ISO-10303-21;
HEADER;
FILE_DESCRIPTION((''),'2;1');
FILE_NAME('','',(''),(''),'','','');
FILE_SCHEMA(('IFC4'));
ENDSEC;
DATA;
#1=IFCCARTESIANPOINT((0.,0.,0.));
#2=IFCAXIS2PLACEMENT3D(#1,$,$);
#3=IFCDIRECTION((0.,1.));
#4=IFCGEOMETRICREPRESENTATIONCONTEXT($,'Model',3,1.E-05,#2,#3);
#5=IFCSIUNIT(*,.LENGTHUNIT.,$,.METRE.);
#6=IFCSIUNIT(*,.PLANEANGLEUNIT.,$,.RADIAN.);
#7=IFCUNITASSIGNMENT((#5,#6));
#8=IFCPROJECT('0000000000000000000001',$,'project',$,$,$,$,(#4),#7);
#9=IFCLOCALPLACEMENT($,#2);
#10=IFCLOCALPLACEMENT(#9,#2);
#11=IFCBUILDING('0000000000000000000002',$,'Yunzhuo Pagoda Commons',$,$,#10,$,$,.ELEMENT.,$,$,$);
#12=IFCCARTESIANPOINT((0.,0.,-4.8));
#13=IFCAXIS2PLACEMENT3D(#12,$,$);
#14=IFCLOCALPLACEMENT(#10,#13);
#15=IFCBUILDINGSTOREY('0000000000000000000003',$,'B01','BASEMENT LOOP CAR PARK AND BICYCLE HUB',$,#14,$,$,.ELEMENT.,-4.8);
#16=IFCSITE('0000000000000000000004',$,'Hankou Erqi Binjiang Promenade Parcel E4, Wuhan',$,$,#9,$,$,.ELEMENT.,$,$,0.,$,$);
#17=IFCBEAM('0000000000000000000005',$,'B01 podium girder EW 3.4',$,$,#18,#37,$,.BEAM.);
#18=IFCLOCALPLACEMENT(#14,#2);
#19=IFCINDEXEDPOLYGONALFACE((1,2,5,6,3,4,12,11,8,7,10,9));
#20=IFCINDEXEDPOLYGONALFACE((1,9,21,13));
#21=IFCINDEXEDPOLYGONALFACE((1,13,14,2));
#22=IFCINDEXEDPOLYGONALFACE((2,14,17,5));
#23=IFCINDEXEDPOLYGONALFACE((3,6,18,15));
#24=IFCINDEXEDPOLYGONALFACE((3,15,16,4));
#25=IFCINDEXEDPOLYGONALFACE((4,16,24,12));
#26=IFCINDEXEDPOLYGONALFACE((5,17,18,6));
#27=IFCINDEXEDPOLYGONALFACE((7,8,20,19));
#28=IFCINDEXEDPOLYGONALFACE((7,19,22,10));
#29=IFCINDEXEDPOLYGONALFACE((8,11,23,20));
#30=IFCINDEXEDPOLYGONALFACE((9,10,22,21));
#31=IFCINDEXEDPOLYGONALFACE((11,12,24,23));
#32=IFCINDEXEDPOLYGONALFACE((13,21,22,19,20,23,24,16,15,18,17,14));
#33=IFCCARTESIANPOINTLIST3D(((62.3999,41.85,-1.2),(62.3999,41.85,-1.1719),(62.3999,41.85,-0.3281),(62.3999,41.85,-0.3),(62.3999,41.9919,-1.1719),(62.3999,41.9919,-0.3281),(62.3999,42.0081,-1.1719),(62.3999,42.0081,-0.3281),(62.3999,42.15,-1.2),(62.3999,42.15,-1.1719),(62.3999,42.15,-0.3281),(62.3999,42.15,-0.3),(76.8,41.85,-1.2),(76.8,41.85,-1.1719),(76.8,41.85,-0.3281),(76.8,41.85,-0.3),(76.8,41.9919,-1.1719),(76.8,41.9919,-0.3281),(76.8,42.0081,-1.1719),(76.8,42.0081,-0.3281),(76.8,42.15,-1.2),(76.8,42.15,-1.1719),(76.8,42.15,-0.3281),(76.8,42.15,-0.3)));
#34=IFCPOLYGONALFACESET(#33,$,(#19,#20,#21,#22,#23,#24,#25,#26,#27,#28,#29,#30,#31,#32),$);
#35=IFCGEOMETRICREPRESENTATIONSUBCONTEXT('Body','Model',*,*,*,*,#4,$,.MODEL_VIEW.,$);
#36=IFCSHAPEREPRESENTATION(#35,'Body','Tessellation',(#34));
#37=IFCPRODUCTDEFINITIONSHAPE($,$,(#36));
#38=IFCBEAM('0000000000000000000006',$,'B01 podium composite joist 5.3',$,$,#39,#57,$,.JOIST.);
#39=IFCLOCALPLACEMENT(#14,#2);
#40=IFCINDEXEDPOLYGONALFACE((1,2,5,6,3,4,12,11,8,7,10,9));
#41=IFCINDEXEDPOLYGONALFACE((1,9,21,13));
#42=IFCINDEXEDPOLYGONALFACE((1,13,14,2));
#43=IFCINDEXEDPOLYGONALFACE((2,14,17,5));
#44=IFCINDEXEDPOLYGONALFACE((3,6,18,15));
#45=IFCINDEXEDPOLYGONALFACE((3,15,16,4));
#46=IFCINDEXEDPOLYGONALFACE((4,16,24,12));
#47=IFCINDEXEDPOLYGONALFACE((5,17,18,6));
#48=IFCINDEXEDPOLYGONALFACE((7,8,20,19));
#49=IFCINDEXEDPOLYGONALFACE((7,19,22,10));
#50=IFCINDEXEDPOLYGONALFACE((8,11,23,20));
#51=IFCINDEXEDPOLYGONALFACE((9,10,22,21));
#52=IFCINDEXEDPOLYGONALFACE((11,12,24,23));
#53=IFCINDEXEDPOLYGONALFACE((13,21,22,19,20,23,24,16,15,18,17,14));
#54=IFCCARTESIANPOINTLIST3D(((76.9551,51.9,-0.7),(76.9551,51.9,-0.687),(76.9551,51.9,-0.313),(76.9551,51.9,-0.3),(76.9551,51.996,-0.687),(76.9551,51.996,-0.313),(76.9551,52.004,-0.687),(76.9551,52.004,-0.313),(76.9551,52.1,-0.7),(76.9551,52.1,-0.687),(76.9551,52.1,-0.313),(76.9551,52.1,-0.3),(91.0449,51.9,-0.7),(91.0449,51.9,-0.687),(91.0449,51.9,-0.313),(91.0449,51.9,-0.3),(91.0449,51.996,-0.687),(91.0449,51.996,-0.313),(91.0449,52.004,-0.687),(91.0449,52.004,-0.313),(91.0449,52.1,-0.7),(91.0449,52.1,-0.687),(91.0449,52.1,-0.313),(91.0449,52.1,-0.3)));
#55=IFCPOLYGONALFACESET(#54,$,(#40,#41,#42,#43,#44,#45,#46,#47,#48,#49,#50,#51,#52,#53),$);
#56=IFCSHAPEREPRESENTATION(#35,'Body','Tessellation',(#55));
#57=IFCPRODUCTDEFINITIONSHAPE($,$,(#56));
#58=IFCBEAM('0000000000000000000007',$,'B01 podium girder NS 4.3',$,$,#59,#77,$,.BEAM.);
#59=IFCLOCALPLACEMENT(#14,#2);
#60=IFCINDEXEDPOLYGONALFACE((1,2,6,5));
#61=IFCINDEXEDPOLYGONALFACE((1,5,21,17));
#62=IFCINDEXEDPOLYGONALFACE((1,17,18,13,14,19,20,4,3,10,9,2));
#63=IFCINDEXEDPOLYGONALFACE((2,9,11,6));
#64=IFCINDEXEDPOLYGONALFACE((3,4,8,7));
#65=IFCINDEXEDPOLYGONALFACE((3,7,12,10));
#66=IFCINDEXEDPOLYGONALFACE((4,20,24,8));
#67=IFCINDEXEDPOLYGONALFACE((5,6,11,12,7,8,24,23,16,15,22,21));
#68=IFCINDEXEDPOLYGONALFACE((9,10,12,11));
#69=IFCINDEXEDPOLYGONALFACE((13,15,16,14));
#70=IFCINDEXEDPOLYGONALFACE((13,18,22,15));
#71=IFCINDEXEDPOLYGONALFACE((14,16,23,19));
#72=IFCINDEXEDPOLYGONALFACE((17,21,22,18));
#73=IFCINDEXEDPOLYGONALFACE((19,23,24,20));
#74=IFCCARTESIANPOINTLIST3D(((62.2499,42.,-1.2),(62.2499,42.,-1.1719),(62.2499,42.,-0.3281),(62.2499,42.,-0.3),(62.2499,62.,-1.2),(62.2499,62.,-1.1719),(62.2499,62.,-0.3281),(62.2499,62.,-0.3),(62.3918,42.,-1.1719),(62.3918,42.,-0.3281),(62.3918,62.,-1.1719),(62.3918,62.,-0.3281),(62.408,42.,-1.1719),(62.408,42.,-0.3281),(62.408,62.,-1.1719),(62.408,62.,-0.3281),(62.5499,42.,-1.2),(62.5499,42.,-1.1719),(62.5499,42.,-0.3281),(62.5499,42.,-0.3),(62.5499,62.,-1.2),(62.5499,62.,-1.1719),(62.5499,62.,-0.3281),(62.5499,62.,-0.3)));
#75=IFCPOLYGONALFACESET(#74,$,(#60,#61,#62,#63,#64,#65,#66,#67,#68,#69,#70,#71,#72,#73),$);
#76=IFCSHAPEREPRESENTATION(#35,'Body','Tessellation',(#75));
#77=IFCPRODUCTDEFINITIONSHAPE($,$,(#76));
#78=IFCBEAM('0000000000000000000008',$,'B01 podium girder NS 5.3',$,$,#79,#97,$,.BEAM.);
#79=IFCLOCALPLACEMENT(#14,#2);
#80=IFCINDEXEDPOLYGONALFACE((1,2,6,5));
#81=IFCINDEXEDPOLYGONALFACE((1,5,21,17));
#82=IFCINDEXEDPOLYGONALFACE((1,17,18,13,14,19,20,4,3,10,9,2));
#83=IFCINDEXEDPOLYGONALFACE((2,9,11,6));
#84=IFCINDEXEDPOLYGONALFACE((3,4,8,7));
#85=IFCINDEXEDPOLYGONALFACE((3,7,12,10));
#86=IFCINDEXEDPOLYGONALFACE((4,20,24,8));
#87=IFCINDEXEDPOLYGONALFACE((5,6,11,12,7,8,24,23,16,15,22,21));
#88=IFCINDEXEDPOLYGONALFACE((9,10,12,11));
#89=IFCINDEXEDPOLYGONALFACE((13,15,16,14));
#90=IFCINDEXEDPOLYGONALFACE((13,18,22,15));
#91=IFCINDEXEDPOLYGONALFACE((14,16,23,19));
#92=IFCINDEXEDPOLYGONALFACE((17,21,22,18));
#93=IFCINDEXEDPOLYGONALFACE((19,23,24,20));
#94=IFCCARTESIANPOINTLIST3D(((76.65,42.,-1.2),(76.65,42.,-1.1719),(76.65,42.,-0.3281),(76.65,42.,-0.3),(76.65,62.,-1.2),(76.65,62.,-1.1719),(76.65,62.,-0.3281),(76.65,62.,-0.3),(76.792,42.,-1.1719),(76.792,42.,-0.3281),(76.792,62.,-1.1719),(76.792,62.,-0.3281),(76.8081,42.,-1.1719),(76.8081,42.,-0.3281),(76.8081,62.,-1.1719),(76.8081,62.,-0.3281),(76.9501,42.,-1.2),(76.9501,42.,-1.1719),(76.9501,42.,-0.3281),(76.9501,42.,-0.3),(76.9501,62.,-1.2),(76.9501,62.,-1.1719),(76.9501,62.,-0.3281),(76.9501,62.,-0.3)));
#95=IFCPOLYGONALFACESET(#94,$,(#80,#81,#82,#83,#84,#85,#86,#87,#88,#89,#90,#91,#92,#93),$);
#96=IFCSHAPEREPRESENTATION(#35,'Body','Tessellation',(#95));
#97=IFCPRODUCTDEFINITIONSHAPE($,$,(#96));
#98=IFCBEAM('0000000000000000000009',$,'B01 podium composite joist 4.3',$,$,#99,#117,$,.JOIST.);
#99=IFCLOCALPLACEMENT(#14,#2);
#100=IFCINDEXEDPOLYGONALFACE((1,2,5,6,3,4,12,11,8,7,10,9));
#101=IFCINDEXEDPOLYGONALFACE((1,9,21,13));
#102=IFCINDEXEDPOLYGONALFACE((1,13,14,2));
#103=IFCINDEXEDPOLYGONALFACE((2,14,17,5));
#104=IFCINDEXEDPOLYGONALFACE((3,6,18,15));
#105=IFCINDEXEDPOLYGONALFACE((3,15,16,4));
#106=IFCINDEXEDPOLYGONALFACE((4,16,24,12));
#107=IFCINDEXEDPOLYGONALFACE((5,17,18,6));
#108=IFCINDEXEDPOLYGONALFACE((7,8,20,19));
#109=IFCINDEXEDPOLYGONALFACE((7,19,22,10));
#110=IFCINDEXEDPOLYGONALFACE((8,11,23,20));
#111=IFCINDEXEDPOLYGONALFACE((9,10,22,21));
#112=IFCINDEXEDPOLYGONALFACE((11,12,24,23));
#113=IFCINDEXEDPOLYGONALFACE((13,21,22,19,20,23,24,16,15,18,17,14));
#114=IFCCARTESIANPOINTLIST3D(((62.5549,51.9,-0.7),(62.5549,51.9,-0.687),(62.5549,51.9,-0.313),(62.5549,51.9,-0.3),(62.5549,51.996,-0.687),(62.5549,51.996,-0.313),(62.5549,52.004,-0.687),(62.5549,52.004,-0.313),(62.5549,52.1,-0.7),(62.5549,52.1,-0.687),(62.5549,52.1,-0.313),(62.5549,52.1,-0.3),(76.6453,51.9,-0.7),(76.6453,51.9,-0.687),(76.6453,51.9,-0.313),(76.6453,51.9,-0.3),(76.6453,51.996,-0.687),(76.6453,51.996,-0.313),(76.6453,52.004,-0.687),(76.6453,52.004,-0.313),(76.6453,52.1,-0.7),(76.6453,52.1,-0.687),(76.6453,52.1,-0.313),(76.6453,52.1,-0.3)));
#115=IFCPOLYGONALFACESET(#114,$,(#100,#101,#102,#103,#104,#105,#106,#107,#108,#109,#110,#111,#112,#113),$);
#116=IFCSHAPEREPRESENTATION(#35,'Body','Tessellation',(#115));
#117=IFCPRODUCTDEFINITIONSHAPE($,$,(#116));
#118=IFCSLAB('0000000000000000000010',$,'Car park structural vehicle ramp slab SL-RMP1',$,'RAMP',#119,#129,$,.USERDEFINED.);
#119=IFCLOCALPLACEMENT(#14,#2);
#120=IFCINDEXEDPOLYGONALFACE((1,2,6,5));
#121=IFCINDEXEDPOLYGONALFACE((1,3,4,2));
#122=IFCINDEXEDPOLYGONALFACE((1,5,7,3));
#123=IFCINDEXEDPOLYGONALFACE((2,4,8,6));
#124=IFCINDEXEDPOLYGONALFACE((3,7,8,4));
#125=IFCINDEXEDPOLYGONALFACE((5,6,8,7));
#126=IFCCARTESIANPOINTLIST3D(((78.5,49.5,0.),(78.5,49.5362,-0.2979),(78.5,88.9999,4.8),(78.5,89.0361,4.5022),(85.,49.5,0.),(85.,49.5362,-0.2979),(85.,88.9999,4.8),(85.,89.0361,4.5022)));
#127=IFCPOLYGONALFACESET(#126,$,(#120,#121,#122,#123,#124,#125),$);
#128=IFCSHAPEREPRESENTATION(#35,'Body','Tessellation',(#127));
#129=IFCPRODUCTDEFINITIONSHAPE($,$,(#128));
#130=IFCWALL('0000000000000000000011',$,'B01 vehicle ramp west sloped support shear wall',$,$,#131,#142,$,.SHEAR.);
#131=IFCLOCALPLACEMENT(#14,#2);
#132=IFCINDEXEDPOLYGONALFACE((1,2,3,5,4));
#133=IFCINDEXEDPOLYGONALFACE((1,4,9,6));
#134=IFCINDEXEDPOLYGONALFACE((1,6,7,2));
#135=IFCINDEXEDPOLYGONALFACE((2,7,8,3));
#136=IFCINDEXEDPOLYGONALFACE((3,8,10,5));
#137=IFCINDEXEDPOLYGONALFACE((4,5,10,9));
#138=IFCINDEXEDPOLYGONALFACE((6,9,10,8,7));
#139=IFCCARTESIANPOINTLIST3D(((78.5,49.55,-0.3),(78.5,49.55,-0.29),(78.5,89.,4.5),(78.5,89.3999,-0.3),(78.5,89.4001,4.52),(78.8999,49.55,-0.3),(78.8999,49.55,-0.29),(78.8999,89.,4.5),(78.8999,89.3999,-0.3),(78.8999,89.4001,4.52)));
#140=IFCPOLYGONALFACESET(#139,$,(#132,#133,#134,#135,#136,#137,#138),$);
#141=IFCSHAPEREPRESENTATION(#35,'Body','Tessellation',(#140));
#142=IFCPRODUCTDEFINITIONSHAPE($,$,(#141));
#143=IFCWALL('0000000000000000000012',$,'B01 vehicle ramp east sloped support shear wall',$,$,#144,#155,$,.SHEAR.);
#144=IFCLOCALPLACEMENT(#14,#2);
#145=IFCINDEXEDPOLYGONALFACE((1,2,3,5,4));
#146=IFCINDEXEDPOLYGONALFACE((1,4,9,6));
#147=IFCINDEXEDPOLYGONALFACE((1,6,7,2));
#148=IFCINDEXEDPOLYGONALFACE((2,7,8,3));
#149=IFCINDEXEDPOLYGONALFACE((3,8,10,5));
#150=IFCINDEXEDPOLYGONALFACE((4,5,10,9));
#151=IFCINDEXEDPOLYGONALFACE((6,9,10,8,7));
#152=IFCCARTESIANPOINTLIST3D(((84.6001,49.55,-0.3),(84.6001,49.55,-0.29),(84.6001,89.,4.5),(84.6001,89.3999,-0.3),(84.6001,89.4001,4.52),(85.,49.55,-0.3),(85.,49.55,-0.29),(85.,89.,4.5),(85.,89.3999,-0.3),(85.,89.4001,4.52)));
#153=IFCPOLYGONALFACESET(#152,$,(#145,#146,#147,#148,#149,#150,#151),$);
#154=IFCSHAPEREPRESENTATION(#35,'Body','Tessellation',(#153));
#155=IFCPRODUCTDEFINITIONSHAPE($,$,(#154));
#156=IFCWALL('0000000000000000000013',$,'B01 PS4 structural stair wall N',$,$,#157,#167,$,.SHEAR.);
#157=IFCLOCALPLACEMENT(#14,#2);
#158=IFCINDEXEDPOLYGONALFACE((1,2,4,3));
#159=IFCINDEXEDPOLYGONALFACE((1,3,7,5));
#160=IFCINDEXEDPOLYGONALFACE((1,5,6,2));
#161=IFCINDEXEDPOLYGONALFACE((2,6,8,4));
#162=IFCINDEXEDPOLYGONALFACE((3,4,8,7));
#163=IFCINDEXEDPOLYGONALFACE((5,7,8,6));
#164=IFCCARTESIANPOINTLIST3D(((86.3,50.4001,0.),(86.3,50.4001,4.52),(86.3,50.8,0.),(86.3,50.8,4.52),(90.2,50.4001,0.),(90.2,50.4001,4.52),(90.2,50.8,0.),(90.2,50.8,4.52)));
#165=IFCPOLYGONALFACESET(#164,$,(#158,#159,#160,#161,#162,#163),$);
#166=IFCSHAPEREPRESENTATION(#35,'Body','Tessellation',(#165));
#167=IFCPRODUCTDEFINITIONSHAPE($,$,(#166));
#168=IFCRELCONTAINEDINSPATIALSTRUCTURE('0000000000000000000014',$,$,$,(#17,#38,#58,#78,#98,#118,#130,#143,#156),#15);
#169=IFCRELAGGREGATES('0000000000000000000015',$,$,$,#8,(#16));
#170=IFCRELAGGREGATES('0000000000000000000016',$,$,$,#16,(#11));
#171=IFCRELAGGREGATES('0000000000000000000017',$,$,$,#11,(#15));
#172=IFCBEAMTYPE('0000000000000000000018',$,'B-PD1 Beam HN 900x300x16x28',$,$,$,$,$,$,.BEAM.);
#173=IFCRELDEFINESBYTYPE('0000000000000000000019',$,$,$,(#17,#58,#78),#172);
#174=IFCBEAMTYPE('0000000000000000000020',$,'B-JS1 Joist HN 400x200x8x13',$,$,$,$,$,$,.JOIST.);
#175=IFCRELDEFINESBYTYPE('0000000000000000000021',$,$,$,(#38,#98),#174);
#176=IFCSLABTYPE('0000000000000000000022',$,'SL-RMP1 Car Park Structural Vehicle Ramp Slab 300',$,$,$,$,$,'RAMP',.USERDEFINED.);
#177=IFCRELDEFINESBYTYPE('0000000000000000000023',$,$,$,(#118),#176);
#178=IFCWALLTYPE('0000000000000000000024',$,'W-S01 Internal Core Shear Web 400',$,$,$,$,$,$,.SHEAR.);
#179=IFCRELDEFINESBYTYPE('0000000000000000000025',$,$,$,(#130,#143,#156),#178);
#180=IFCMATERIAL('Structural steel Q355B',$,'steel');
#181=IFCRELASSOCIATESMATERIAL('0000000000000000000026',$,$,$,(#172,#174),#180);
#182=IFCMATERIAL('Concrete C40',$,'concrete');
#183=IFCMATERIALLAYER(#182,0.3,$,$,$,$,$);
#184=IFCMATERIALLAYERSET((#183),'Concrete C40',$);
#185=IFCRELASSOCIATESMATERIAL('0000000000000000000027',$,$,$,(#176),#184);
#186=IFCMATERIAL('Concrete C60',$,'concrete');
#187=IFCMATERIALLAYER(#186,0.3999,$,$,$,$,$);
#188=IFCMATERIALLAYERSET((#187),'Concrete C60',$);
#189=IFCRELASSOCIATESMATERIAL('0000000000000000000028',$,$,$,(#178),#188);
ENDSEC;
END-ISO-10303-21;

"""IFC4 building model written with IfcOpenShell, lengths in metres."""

from ifc_helpers import new_model, si_unit, direction, frame, frame_2d, origin, origin_2d, place, context, subcontext, project, spatial, polyline, rectangle, i_section, outline, extrude, source, transform, mapped, material, layer, layer_set, material_profile, profile_set, type_object, element, save


model = new_model("IFC4")

# Units and contexts
model_context = context("Model", 3, precision=1e-05, world=origin(), true_north=direction((0.0, 1.0)))
body_context = subcontext(model_context, "Body", "Model", "MODEL_VIEW")
ifc_project = project(units=[si_unit("LENGTHUNIT", "METRE"), si_unit("PLANEANGLEUNIT", "RADIAN")], contexts=[model_context])

# Site, building, storey
site_placement = place(None, origin())
site = spatial("IfcSite", under=ifc_project, at=site_placement, Name="Hankou Erqi Binjiang Promenade Parcel E4, Wuhan", CompositionType="ELEMENT", RefElevation=0.0)
building_placement = place(site_placement, origin())
building = spatial("IfcBuilding", under=site, at=building_placement, Name="Yunzhuo Pagoda Commons", CompositionType="ELEMENT")
storey_placement = place(building_placement, frame((0.0, 0.0, -4.8)))
storey = spatial("IfcBuildingStorey", under=building, at=storey_placement, Name="B01", Description="BASEMENT LOOP CAR PARK AND BICYCLE HUB", CompositionType="ELEMENT", Elevation=-4.8)

# Beams
ifc_material_1 = material(Name="Structural steel Q355B", Category="steel")
ifc_material_profile_1 = material_profile(ifc_material_1, i_section(OverallWidth=0.3, OverallDepth=0.8999, WebThickness=0.0161, FlangeThickness=0.0281, at=origin_2d()), Name="Structural steel Q355B")
ifc_profile_set_1 = profile_set([ifc_material_profile_1], Name="Structural steel Q355B")
beam_type_1 = type_object("IfcBeamType", Name="B-PD1 Beam HN 900x300x16x28", PredefinedType="BEAM", material=ifc_profile_set_1)
shared_shape_1 = source(origin(), body_context, "Body", "SweptSolid", [
    extrude(i_section(OverallWidth=0.3, OverallDepth=0.8999, WebThickness=0.0161, FlangeThickness=0.0281, at=origin_2d()), origin(), (0.0, 0.0, 1.0), 14.4001),
])
beam_1_placement = place(storey_placement, frame((62.3999, 42.0, -0.75), z_axis=(1.0, 0.0, 0.0), x_axis=(0.0, 1.0, 0.0)))
element("IfcBeam", 1, at=beam_1_placement, inside=storey, type_object=beam_type_1, Name="B01 podium girder EW 3.4", PredefinedType="BEAM", context=body_context, shape_type="MappedRepresentation", body=[
    mapped(shared_shape_1, transform((0.0, 0.0, 0.0), scale=1.0)),
])
ifc_material_profile_2 = material_profile(ifc_material_1, i_section(OverallWidth=0.2, OverallDepth=0.3999, WebThickness=0.0081, FlangeThickness=0.0129, at=origin_2d()), Name="Structural steel Q355B")
ifc_profile_set_2 = profile_set([ifc_material_profile_2], Name="Structural steel Q355B")
beam_type_2 = type_object("IfcBeamType", Name="B-JS1 Joist HN 400x200x8x13", PredefinedType="JOIST", material=ifc_profile_set_2)
shared_shape_2 = source(origin(), body_context, "Body", "SweptSolid", [
    extrude(i_section(OverallWidth=0.2, OverallDepth=0.3999, WebThickness=0.0081, FlangeThickness=0.0129, at=origin_2d()), origin(), (0.0, 0.0, 1.0), 14.0898),
])
beam_2_placement = place(storey_placement, frame((76.9551, 52.0, -0.5), z_axis=(1.0, 0.0, 0.0), x_axis=(0.0, 1.0, 0.0)))
element("IfcBeam", 2, at=beam_2_placement, inside=storey, type_object=beam_type_2, Name="B01 podium composite joist 5.3", PredefinedType="JOIST", context=body_context, shape_type="MappedRepresentation", body=[
    mapped(shared_shape_2, transform((0.0, 0.0, 0.0), scale=1.0)),
])
shared_shape_3 = source(origin(), body_context, "Body", "SweptSolid", [
    extrude(i_section(OverallWidth=0.3, OverallDepth=0.8999, WebThickness=0.0161, FlangeThickness=0.0281, at=origin_2d()), origin(), (0.0, 0.0, 1.0), 20.0),
])
for number, where, z_axis, x_axis, name in (
    (3, (62.3999, 42.0, -0.75), (0.0, 1.0, 0.0), (-1.0, 0.0, 0.0), "B01 podium girder NS 4.3"),
    (4, (76.8, 42.0, -0.75), (0.0, 1.0, 0.0), (-1.0, 0.0, 0.0), "B01 podium girder NS 5.3"),
):
    element("IfcBeam", number, at=place(storey_placement, frame(where, z_axis=z_axis, x_axis=x_axis)), inside=storey, type_object=beam_type_1, Name=name, PredefinedType="BEAM", context=body_context, shape_type="MappedRepresentation", body=[
        mapped(shared_shape_3, transform((0.0, 0.0, 0.0), scale=1.0)),
    ])
shared_shape_4 = source(origin(), body_context, "Body", "SweptSolid", [
    extrude(i_section(OverallWidth=0.2, OverallDepth=0.3999, WebThickness=0.0081, FlangeThickness=0.0129, at=origin_2d()), origin(), (0.0, 0.0, 1.0), 14.0903),
])
beam_3_placement = place(storey_placement, frame((62.5549, 52.0, -0.5), z_axis=(1.0, 0.0, 0.0), x_axis=(0.0, 1.0, 0.0)))
element("IfcBeam", 5, at=beam_3_placement, inside=storey, type_object=beam_type_2, Name="B01 podium composite joist 4.3", PredefinedType="JOIST", context=body_context, shape_type="MappedRepresentation", body=[
    mapped(shared_shape_4, transform((0.0, 0.0, 0.0), scale=1.0)),
])

# Slab
ifc_material_2 = material(Name="Concrete C40", Category="concrete")
ifc_layer_1 = layer(ifc_material_2, 0.3)
ifc_layer_set_1 = layer_set([ifc_layer_1], Name="Concrete C40")
slab_type = type_object("IfcSlabType", Name="SL-RMP1 Car Park Structural Vehicle Ramp Slab 300", ElementType="RAMP", PredefinedType="USERDEFINED", material=ifc_layer_set_1)
slab_placement = place(storey_placement, frame((78.5, 49.5, 0.0), z_axis=(0.0, -0.120633, 0.992697), x_axis=(1.0, 0.0, 0.0)))
element("IfcSlab", 6, at=slab_placement, inside=storey, type_object=slab_type, Name="Car park structural vehicle ramp slab SL-RMP1", ObjectType="RAMP", PredefinedType="USERDEFINED", context=body_context, shape_type="SweptSolid", body=[
    extrude(outline(polyline([(0.0, 0.0), (6.5, 0.0), (6.5, 39.7905), (0.0, 39.7905), (0.0, 0.0)])), origin(), (0.0, 0.0, -1.0), 0.3),
])

# Walls
ifc_material_3 = material(Name="Concrete C60", Category="concrete")
ifc_layer_2 = layer(ifc_material_3, 0.3999)
ifc_layer_set_2 = layer_set([ifc_layer_2], Name="Concrete C60")
wall_type = type_object("IfcWallType", Name="W-S01 Internal Core Shear Web 400", PredefinedType="SHEAR", material=ifc_layer_set_2)
for number, where, z_axis, x_axis, name in (
    (7, (78.7, 49.55, -0.3), (0.0, 0.0, 1.0), (0.0, 1.0, 0.0), "B01 vehicle ramp west sloped support shear wall"),
    (8, (84.8, 49.55, -0.3), (0.0, 0.0, 1.0), (0.0, 1.0, 0.0), "B01 vehicle ramp east sloped support shear wall"),
):
    element("IfcWall", number, at=place(storey_placement, frame(where, z_axis=z_axis, x_axis=x_axis)), inside=storey, type_object=wall_type, Name=name, PredefinedType="SHEAR", context=body_context, shape_type="SweptSolid", body=[
        extrude(outline(polyline([(0.0, 0.0), (39.8499, 0.0), (39.8501, 4.8201), (39.45, 4.8), (0.0, 0.01), (0.0, 0.0)])), frame((0.0, 0.2, 0.0), z_axis=(0.0, -1.0, 0.0), x_axis=(1.0, 0.0, 0.0)), (0.0, 0.0, 1.0), 0.3999),
    ])
wall_1_placement = place(storey_placement, frame((86.3, 50.6001, 0.0), z_axis=(0.0, 0.0, 1.0), x_axis=(1.0, 0.0, 0.0)))
element("IfcWall", 9, at=wall_1_placement, inside=storey, type_object=wall_type, Name="B01 PS4 structural stair wall N", PredefinedType="SHEAR", context=body_context, shape_type="SweptSolid", body=[
    extrude(rectangle(XDim=3.8999, YDim=0.3999, at=frame_2d((1.95, 0.0))), origin(), (0.0, 0.0, 1.0), 4.52),
])

save(model, "model.ifc")
